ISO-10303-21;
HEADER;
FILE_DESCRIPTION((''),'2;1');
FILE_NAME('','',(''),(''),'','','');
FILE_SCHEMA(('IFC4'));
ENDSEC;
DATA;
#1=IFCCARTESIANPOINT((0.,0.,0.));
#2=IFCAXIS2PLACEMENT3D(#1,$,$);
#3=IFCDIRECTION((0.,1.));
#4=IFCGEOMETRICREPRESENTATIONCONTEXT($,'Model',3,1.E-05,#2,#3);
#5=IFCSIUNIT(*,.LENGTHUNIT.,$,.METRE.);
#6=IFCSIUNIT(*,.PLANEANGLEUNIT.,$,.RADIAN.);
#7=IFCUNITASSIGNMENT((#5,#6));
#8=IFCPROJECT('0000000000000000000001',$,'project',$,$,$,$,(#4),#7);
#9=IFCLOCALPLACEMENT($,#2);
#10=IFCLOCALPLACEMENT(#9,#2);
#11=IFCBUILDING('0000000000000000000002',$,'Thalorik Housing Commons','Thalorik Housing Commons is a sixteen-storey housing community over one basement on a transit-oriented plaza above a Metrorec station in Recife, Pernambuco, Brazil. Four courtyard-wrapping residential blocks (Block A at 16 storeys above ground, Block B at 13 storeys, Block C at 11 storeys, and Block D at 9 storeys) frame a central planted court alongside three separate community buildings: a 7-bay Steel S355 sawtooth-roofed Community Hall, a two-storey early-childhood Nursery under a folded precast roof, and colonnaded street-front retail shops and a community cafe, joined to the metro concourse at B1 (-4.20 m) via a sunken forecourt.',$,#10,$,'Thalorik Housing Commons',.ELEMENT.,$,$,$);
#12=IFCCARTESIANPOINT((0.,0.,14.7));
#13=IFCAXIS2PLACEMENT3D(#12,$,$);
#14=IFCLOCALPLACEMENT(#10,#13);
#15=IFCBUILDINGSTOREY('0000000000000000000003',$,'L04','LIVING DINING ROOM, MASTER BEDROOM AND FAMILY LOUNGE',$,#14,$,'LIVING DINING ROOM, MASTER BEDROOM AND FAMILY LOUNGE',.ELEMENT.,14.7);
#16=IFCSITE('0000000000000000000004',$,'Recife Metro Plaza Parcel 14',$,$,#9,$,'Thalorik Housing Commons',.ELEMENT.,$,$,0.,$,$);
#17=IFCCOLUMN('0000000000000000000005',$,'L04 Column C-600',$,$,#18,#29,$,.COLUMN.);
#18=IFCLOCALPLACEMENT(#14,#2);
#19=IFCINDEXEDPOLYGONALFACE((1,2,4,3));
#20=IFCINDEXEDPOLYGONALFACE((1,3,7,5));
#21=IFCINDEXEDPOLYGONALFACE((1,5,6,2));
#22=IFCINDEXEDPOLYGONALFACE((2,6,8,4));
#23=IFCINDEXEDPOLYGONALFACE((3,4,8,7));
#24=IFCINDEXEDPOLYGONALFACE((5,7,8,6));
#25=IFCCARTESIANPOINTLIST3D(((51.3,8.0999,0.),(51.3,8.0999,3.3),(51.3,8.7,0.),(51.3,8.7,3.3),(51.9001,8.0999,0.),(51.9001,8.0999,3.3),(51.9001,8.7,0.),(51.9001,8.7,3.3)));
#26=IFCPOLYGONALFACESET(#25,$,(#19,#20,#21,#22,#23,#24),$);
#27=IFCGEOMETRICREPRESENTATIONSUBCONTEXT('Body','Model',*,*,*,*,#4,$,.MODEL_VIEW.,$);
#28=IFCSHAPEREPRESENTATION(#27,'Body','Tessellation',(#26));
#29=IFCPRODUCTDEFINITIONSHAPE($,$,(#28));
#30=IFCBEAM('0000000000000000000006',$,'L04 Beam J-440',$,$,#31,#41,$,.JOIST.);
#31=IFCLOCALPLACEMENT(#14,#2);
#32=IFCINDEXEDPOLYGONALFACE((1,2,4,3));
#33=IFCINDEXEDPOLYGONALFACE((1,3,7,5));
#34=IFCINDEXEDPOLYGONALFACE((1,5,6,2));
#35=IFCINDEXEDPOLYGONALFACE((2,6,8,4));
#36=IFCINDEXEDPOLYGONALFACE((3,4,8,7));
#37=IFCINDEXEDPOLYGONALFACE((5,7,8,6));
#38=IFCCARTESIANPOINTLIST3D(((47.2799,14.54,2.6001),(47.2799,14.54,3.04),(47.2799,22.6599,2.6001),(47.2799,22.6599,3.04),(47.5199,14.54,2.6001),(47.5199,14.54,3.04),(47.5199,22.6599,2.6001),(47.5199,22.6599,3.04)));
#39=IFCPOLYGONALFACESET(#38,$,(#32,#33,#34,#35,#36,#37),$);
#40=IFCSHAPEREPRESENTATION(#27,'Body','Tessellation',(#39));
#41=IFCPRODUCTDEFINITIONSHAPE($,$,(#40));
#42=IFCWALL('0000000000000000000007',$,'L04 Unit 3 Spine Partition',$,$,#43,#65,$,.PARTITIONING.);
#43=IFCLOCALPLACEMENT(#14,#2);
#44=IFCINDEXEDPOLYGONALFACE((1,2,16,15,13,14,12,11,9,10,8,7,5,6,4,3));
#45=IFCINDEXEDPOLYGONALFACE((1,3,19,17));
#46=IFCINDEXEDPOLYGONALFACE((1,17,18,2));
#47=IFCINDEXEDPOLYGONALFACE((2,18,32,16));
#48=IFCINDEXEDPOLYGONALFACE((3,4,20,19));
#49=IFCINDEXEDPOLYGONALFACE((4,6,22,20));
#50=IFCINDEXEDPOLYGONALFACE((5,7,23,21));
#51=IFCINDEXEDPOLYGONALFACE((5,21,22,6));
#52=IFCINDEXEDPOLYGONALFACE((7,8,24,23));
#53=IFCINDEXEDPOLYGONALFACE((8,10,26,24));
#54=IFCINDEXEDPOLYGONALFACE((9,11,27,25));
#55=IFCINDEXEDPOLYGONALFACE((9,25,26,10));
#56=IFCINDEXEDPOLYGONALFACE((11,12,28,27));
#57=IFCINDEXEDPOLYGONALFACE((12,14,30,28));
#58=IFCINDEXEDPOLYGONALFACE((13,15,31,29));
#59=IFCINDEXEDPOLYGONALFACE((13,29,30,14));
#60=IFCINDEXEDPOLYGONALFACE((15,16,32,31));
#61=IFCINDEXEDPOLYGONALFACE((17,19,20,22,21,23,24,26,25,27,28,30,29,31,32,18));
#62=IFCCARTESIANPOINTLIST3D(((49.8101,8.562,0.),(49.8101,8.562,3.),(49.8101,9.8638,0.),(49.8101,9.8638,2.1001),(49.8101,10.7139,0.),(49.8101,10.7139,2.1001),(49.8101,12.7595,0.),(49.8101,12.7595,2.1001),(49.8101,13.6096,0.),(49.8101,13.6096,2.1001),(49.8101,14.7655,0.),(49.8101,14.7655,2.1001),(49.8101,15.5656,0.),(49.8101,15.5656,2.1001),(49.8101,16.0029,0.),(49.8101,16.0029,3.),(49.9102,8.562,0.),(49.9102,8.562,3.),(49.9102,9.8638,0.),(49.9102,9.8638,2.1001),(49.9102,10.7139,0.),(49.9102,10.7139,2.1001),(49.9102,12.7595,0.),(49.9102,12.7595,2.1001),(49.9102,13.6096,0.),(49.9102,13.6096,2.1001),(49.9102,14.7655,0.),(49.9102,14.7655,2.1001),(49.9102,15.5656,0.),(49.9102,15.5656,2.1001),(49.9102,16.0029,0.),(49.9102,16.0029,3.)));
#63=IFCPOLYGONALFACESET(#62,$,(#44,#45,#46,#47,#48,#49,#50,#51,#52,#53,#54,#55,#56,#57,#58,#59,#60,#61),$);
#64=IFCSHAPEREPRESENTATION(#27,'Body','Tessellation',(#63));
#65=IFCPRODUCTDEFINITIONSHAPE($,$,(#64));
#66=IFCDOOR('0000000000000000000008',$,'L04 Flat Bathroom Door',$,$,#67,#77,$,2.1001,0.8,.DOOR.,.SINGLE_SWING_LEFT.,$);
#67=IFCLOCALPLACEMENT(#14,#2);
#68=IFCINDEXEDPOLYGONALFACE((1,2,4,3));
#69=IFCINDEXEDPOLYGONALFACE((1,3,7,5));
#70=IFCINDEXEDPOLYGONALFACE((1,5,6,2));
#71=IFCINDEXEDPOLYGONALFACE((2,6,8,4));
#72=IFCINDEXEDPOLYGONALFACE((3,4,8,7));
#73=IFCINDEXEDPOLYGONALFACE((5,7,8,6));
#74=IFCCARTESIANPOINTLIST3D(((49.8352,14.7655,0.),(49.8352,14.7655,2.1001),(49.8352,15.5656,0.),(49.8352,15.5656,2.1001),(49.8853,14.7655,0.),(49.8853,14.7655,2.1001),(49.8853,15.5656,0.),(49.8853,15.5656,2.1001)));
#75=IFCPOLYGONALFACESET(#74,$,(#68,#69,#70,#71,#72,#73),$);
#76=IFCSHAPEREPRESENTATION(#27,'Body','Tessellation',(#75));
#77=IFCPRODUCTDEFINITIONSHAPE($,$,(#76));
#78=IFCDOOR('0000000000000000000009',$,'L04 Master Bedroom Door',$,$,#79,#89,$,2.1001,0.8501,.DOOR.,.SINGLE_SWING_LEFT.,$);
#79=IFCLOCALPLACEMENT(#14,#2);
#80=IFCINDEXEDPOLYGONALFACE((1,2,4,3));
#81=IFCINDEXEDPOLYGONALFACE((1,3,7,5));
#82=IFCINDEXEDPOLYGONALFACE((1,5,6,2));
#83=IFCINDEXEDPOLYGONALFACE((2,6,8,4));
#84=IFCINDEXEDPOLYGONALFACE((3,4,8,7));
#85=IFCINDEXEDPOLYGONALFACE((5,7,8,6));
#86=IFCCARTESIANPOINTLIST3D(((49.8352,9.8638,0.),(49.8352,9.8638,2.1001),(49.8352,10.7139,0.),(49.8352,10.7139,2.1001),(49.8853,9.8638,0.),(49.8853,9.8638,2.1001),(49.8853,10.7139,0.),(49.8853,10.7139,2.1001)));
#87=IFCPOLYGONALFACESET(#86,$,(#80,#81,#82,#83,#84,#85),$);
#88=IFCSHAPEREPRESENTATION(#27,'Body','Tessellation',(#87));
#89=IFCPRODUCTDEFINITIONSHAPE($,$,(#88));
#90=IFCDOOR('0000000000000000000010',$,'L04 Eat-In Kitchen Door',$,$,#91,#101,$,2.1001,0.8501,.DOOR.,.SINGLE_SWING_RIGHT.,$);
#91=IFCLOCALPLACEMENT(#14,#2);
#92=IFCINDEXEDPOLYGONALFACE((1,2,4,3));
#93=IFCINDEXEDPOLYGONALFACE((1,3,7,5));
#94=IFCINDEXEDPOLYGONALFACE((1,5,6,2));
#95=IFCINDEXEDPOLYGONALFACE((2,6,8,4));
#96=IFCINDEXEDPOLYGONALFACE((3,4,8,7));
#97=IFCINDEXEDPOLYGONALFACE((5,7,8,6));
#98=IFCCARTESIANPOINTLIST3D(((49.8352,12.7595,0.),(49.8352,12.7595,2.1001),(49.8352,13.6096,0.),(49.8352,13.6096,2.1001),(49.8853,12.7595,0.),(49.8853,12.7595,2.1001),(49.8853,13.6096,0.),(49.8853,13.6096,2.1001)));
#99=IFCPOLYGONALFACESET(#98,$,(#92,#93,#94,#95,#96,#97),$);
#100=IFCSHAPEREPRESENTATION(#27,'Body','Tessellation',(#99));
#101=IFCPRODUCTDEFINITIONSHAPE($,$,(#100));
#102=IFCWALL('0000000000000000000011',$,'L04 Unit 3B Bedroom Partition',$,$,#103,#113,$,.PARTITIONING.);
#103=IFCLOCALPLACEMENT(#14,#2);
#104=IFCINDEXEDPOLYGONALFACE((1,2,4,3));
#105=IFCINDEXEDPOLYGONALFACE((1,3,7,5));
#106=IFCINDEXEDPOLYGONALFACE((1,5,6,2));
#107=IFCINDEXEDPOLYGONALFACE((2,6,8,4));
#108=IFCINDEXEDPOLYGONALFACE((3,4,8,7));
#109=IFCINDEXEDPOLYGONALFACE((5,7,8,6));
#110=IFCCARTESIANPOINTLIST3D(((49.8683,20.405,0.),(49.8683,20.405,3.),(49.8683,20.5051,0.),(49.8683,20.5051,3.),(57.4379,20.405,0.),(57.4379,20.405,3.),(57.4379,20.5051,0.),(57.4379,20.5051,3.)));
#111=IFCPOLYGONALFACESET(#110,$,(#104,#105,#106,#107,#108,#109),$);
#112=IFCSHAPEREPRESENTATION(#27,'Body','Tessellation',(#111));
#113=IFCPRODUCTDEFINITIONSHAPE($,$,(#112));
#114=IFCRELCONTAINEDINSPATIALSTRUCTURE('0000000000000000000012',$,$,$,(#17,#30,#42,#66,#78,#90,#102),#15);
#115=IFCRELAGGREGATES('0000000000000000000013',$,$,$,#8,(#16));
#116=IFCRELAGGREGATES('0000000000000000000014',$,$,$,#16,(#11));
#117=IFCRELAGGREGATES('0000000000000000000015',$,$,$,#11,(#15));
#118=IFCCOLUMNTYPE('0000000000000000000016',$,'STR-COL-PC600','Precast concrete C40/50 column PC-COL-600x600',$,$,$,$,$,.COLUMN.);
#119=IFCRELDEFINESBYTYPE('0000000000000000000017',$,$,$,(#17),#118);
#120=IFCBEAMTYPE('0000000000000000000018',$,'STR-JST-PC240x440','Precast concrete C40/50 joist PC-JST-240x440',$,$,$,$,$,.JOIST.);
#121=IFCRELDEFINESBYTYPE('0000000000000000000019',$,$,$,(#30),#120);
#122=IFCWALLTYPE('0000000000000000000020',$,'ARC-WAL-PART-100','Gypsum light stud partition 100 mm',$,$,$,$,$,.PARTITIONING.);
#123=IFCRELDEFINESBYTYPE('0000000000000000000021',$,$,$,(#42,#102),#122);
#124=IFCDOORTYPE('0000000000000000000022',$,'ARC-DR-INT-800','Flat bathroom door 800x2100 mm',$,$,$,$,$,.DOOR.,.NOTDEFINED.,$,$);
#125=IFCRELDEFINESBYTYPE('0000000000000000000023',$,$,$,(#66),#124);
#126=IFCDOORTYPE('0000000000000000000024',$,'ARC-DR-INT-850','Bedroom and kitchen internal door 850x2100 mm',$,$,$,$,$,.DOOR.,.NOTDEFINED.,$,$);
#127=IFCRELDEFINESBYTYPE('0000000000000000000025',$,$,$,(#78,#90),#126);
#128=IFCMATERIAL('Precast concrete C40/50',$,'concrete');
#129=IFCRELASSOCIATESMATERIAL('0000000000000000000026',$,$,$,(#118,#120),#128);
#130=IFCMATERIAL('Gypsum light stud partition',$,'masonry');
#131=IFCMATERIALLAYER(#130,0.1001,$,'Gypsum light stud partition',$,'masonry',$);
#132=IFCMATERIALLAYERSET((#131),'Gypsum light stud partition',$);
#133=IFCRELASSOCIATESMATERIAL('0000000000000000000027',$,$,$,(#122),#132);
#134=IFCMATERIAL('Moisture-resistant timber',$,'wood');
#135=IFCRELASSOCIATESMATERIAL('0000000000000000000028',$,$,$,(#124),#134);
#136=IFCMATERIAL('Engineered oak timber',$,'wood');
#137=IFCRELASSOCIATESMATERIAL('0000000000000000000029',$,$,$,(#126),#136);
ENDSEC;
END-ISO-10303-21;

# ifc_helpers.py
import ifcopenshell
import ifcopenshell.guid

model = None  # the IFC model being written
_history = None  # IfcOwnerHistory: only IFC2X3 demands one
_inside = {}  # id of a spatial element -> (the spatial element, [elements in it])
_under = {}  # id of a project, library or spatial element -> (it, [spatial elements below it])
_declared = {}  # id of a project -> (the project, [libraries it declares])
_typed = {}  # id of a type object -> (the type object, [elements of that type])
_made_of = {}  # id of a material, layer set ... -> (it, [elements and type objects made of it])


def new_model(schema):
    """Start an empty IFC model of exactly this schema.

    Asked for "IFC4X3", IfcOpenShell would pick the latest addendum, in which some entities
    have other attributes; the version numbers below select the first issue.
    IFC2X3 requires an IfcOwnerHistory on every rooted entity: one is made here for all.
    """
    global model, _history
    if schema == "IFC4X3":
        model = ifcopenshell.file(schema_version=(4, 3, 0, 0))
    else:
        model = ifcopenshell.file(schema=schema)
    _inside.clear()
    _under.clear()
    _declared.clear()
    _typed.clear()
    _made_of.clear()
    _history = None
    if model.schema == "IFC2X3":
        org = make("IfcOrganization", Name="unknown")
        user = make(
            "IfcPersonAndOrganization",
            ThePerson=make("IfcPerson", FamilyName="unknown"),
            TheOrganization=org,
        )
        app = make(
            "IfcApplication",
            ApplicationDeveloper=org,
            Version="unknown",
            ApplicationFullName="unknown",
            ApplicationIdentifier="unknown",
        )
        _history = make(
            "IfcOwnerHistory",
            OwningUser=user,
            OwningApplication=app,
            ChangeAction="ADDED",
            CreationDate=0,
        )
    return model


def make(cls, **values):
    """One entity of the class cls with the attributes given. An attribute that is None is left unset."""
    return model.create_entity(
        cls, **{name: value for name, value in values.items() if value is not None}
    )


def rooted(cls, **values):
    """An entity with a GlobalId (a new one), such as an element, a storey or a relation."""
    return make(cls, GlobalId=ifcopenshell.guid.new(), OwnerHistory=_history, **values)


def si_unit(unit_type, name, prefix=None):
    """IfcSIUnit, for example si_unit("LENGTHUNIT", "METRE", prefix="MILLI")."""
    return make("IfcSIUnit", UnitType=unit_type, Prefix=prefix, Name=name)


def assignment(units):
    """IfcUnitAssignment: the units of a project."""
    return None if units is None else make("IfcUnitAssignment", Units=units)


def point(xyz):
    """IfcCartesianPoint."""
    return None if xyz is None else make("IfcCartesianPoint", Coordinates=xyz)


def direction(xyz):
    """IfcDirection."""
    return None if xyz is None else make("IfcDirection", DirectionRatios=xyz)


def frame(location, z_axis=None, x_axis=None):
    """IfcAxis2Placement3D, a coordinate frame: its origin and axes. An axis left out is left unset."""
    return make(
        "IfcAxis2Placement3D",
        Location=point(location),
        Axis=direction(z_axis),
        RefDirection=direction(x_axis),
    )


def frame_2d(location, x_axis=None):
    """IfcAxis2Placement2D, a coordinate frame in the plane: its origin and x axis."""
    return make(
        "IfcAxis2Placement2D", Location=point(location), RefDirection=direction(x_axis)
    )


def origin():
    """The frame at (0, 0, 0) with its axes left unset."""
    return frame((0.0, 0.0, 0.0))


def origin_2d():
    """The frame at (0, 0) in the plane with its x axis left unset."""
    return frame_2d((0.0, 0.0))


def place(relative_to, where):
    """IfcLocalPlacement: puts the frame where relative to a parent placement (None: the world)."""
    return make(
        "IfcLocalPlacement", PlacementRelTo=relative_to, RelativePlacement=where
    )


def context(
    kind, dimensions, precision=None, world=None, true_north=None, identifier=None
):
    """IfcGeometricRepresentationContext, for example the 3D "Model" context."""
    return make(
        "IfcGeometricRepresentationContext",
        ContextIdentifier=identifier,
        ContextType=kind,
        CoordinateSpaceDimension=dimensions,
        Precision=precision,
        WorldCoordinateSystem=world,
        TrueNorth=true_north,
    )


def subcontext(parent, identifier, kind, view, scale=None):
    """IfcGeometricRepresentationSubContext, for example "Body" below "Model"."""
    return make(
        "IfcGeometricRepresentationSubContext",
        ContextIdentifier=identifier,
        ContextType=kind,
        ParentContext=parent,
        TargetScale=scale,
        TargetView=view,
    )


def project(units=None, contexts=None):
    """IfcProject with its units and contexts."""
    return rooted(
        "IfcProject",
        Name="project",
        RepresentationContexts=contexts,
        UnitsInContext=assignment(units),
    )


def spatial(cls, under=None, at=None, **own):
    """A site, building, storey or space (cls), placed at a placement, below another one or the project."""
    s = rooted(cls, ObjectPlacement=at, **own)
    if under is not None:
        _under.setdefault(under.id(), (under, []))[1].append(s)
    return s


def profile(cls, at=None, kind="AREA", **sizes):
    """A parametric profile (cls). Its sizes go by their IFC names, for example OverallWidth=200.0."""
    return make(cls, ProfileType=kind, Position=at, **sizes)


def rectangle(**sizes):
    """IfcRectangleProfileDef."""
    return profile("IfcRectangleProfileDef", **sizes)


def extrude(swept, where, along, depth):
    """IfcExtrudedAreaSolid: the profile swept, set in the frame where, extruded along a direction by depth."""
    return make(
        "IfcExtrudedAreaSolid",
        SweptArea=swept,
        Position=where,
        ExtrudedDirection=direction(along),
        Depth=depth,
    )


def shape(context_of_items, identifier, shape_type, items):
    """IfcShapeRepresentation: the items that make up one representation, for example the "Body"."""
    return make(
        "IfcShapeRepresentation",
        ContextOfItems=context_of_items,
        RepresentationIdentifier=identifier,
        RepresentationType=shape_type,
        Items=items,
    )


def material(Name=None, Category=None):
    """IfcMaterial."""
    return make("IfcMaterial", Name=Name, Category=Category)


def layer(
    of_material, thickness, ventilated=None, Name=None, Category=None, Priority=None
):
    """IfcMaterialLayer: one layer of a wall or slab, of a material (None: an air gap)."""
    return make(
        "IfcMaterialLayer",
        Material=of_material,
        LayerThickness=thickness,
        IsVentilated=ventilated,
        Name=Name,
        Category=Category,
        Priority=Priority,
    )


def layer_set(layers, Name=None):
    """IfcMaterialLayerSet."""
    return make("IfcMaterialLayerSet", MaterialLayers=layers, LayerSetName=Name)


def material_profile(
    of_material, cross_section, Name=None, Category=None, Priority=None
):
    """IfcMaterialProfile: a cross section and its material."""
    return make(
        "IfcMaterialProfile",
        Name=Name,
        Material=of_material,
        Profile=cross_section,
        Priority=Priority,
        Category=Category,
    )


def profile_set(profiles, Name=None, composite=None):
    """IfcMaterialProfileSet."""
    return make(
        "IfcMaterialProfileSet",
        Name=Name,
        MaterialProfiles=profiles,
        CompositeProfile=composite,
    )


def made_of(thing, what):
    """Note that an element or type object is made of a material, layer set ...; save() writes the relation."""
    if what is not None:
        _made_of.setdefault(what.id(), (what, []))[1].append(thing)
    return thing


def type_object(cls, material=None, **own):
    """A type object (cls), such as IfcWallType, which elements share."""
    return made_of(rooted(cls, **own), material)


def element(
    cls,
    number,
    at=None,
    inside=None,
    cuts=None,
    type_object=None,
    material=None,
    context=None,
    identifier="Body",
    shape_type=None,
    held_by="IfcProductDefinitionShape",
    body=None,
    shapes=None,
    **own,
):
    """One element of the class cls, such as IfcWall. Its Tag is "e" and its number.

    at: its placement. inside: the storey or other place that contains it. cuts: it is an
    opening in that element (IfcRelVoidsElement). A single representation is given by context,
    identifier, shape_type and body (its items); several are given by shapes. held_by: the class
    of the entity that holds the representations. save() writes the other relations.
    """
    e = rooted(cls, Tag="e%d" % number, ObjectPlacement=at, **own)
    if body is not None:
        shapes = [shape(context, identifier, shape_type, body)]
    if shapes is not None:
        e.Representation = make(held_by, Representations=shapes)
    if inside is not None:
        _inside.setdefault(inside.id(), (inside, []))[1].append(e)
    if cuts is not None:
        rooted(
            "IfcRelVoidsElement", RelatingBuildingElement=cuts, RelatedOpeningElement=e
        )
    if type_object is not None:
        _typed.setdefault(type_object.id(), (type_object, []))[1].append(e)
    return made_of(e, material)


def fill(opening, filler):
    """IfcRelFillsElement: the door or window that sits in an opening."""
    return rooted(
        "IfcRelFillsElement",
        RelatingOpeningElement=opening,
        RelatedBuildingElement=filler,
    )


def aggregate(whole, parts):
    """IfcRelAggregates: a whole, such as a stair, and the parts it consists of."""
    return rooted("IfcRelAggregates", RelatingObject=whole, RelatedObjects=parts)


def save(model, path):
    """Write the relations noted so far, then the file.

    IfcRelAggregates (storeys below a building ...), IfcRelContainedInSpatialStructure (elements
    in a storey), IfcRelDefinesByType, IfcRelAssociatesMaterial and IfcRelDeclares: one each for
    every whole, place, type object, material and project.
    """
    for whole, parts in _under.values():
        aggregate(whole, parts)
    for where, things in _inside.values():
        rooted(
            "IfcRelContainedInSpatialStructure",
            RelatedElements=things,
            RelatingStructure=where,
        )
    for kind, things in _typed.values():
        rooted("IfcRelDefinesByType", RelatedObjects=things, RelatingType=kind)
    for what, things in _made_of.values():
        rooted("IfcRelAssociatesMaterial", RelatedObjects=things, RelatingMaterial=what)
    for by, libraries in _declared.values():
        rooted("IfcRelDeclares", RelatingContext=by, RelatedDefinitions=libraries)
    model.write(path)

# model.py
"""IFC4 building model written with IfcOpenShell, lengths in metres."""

from ifc_helpers import new_model, si_unit, direction, frame, frame_2d, origin, origin_2d, place, context, subcontext, project, spatial, rectangle, extrude, material, layer, layer_set, material_profile, profile_set, type_object, element, fill, save


model = new_model("IFC4")

# Units and contexts
model_context = context("Model", 3, precision=1e-05, world=origin(), true_north=direction((0.0, 1.0)))
body_context = subcontext(model_context, "Body", "Model", "MODEL_VIEW")
ifc_project = project(units=[si_unit("LENGTHUNIT", "METRE"), si_unit("PLANEANGLEUNIT", "RADIAN")], contexts=[model_context])

# Site, building, storey
site_placement = place(None, origin())
site = spatial("IfcSite", under=ifc_project, at=site_placement, Name="Recife Metro Plaza Parcel 14", LongName="Thalorik Housing Commons", CompositionType="ELEMENT", RefElevation=0.0)
building_placement = place(site_placement, origin())
building = spatial("IfcBuilding", under=site, at=building_placement, Name="Thalorik Housing Commons", Description="Thalorik Housing Commons is a sixteen-storey housing community over one basement on a transit-oriented plaza above a Metrorec station in Recife, Pernambuco, Brazil. Four courtyard-wrapping residential blocks (Block A at 16 storeys above ground, Block B at 13 storeys, Block C at 11 storeys, and Block D at 9 storeys) frame a central planted court alongside three separate community buildings: a 7-bay Steel S355 sawtooth-roofed Community Hall, a two-storey early-childhood Nursery under a folded precast roof, and colonnaded street-front retail shops and a community cafe, joined to the metro concourse at B1 (-4.20 m) via a sunken forecourt.", LongName="Thalorik Housing Commons", CompositionType="ELEMENT")
storey_placement = place(building_placement, frame((0.0, 0.0, 14.7)))
storey = spatial("IfcBuildingStorey", under=building, at=storey_placement, Name="L04", Description="LIVING DINING ROOM, MASTER BEDROOM AND FAMILY LOUNGE", LongName="LIVING DINING ROOM, MASTER BEDROOM AND FAMILY LOUNGE", CompositionType="ELEMENT", Elevation=14.7)

# Column
ifc_material_1 = material(Name="Precast concrete C40/50", Category="concrete")
ifc_material_profile_1 = material_profile(ifc_material_1, rectangle(XDim=0.6001, YDim=0.6001, at=origin_2d()), Name="PC 600x600", Category="concrete")
ifc_profile_set_1 = profile_set([ifc_material_profile_1], Name="Precast concrete C40/50")
column_type = type_object("IfcColumnType", Name="STR-COL-PC600", Description="Precast concrete C40/50 column PC-COL-600x600", PredefinedType="COLUMN", material=ifc_profile_set_1)
column_placement = place(storey_placement, frame((51.6001, 8.3999, 0.0), z_axis=(0.0, 0.0, 1.0), x_axis=(1.0, 0.0, 0.0)))
element("IfcColumn", 1, at=column_placement, inside=storey, type_object=column_type, Name="L04 Column C-600", PredefinedType="COLUMN", context=body_context, shape_type="SweptSolid", body=[
    extrude(rectangle(XDim=0.6001, YDim=0.6001, at=origin_2d()), origin(), (0.0, 0.0, 1.0), 3.3),
])

# Beam
ifc_material_profile_2 = material_profile(ifc_material_1, rectangle(XDim=0.24, YDim=0.4399, at=origin_2d()), Name="PC JST 240x440", Category="concrete")
ifc_profile_set_2 = profile_set([ifc_material_profile_2], Name="Precast concrete C40/50")
beam_type = type_object("IfcBeamType", Name="STR-JST-PC240x440", Description="Precast concrete C40/50 joist PC-JST-240x440", PredefinedType="JOIST", material=ifc_profile_set_2)
beam_placement = place(storey_placement, frame((47.3999, 14.54, 2.8201), z_axis=(0.0, 1.0, 0.0), x_axis=(-1.0, 0.0, 0.0)))
element("IfcBeam", 2, at=beam_placement, inside=storey, type_object=beam_type, Name="L04 Beam J-440", PredefinedType="JOIST", context=body_context, shape_type="SweptSolid", body=[
    extrude(rectangle(XDim=0.24, YDim=0.4399, at=origin_2d()), origin(), (0.0, 0.0, 1.0), 8.1199),
])

# Wall, openings, doors
ifc_material_2 = material(Name="Gypsum light stud partition", Category="masonry")
ifc_layer_1 = layer(ifc_material_2, 0.1001, Name="Gypsum light stud partition", Category="masonry")
ifc_layer_set_1 = layer_set([ifc_layer_1], Name="Gypsum light stud partition")
wall_type_1 = type_object("IfcWallType", Name="ARC-WAL-PART-100", Description="Gypsum light stud partition 100 mm", PredefinedType="PARTITIONING", material=ifc_layer_set_1)
wall_1_placement = place(storey_placement, frame((49.8601, 8.562, 0.0), z_axis=(0.0, 0.0, 1.0), x_axis=(0.0, 1.0, 0.0)))
wall_1 = element("IfcWall", 3, at=wall_1_placement, inside=storey, type_object=wall_type_1, Name="L04 Unit 3 Spine Partition", PredefinedType="PARTITIONING", context=body_context, shape_type="SweptSolid", body=[
    extrude(rectangle(XDim=7.4409, YDim=0.1001, at=frame_2d((3.7205, 0.0))), origin(), (0.0, 0.0, 1.0), 3.0),
])
opening_1_placement = place(wall_1_placement, frame((1.3018, 0.0, 0.0)))
opening_1 = element("IfcOpeningElement", 4, at=opening_1_placement, cuts=wall_1, PredefinedType="OPENING", context=body_context, shape_type="SweptSolid", body=[
    extrude(rectangle(XDim=0.8501, YDim=2.1001, at=frame_2d((0.425, 1.05))), frame((0.0, 0.0601, 0.0), z_axis=(0.0, -1.0, 0.0), x_axis=(1.0, 0.0, 0.0)), (0.0, 0.0, 1.0), 0.1201),
])
opening_2_placement = place(wall_1_placement, frame((4.1975, 0.0, 0.0)))
opening_2 = element("IfcOpeningElement", 5, at=opening_2_placement, cuts=wall_1, PredefinedType="OPENING", context=body_context, shape_type="SweptSolid", body=[
    extrude(rectangle(XDim=0.8501, YDim=2.1001, at=frame_2d((0.425, 1.05))), frame((0.0, 0.0601, 0.0), z_axis=(0.0, -1.0, 0.0), x_axis=(1.0, 0.0, 0.0)), (0.0, 0.0, 1.0), 0.1201),
])
opening_3_placement = place(wall_1_placement, frame((6.2036, 0.0, 0.0)))
opening_3 = element("IfcOpeningElement", 6, at=opening_3_placement, cuts=wall_1, PredefinedType="OPENING", context=body_context, shape_type="SweptSolid", body=[
    extrude(rectangle(XDim=0.8, YDim=2.1001, at=frame_2d((0.3999, 1.05))), frame((0.0, 0.0601, 0.0), z_axis=(0.0, -1.0, 0.0), x_axis=(1.0, 0.0, 0.0)), (0.0, 0.0, 1.0), 0.1201),
])
ifc_material_3 = material(Name="Moisture-resistant timber", Category="wood")
door_type_1 = type_object("IfcDoorType", Name="ARC-DR-INT-800", Description="Flat bathroom door 800x2100 mm", OperationType="NOTDEFINED", PredefinedType="DOOR", material=ifc_material_3)
door_1_placement = place(opening_3_placement, origin())
door_1 = element("IfcDoor", 7, at=door_1_placement, inside=storey, type_object=door_type_1, Name="L04 Flat Bathroom Door", OperationType="SINGLE_SWING_LEFT", OverallHeight=2.1001, OverallWidth=0.8, PredefinedType="DOOR", context=body_context, shape_type="SweptSolid", body=[
    extrude(rectangle(XDim=0.8, YDim=2.1001, at=frame_2d((0.3999, 1.05))), frame((0.0, 0.0249, 0.0), z_axis=(0.0, -1.0, 0.0), x_axis=(1.0, 0.0, 0.0)), (0.0, 0.0, 1.0), 0.05),
])
fill(opening_3, door_1)
ifc_material_4 = material(Name="Engineered oak timber", Category="wood")
door_type_2 = type_object("IfcDoorType", Name="ARC-DR-INT-850", Description="Bedroom and kitchen internal door 850x2100 mm", OperationType="NOTDEFINED", PredefinedType="DOOR", material=ifc_material_4)
door_2_placement = place(opening_1_placement, origin())
door_2 = element("IfcDoor", 8, at=door_2_placement, inside=storey, type_object=door_type_2, Name="L04 Master Bedroom Door", OperationType="SINGLE_SWING_LEFT", OverallHeight=2.1001, OverallWidth=0.8501, PredefinedType="DOOR", context=body_context, shape_type="SweptSolid", body=[
    extrude(rectangle(XDim=0.8501, YDim=2.1001, at=frame_2d((0.425, 1.05))), frame((0.0, 0.0249, 0.0), z_axis=(0.0, -1.0, 0.0), x_axis=(1.0, 0.0, 0.0)), (0.0, 0.0, 1.0), 0.05),
])
fill(opening_1, door_2)
door_3_placement = place(opening_2_placement, origin())
door_3 = element("IfcDoor", 9, at=door_3_placement, inside=storey, type_object=door_type_2, Name="L04 Eat-In Kitchen Door", OperationType="SINGLE_SWING_RIGHT", OverallHeight=2.1001, OverallWidth=0.8501, PredefinedType="DOOR", context=body_context, shape_type="SweptSolid", body=[
    extrude(rectangle(XDim=0.8501, YDim=2.1001, at=frame_2d((0.425, 1.05))), frame((0.0, 0.0249, 0.0), z_axis=(0.0, -1.0, 0.0), x_axis=(1.0, 0.0, 0.0)), (0.0, 0.0, 1.0), 0.05),
])
fill(opening_2, door_3)

# Wall
wall_2_placement = place(storey_placement, frame((49.8684, 20.4551, 0.0), z_axis=(0.0, 0.0, 1.0), x_axis=(1.0, 0.0, 0.0)))
element("IfcWall", 10, at=wall_2_placement, inside=storey, type_object=wall_type_1, Name="L04 Unit 3B Bedroom Partition", PredefinedType="PARTITIONING", context=body_context, shape_type="SweptSolid", body=[
    extrude(rectangle(XDim=7.5696, YDim=0.1001, at=frame_2d((3.7847, 0.0))), origin(), (0.0, 0.0, 1.0), 3.0),
])

save(model, "model.ifc")
